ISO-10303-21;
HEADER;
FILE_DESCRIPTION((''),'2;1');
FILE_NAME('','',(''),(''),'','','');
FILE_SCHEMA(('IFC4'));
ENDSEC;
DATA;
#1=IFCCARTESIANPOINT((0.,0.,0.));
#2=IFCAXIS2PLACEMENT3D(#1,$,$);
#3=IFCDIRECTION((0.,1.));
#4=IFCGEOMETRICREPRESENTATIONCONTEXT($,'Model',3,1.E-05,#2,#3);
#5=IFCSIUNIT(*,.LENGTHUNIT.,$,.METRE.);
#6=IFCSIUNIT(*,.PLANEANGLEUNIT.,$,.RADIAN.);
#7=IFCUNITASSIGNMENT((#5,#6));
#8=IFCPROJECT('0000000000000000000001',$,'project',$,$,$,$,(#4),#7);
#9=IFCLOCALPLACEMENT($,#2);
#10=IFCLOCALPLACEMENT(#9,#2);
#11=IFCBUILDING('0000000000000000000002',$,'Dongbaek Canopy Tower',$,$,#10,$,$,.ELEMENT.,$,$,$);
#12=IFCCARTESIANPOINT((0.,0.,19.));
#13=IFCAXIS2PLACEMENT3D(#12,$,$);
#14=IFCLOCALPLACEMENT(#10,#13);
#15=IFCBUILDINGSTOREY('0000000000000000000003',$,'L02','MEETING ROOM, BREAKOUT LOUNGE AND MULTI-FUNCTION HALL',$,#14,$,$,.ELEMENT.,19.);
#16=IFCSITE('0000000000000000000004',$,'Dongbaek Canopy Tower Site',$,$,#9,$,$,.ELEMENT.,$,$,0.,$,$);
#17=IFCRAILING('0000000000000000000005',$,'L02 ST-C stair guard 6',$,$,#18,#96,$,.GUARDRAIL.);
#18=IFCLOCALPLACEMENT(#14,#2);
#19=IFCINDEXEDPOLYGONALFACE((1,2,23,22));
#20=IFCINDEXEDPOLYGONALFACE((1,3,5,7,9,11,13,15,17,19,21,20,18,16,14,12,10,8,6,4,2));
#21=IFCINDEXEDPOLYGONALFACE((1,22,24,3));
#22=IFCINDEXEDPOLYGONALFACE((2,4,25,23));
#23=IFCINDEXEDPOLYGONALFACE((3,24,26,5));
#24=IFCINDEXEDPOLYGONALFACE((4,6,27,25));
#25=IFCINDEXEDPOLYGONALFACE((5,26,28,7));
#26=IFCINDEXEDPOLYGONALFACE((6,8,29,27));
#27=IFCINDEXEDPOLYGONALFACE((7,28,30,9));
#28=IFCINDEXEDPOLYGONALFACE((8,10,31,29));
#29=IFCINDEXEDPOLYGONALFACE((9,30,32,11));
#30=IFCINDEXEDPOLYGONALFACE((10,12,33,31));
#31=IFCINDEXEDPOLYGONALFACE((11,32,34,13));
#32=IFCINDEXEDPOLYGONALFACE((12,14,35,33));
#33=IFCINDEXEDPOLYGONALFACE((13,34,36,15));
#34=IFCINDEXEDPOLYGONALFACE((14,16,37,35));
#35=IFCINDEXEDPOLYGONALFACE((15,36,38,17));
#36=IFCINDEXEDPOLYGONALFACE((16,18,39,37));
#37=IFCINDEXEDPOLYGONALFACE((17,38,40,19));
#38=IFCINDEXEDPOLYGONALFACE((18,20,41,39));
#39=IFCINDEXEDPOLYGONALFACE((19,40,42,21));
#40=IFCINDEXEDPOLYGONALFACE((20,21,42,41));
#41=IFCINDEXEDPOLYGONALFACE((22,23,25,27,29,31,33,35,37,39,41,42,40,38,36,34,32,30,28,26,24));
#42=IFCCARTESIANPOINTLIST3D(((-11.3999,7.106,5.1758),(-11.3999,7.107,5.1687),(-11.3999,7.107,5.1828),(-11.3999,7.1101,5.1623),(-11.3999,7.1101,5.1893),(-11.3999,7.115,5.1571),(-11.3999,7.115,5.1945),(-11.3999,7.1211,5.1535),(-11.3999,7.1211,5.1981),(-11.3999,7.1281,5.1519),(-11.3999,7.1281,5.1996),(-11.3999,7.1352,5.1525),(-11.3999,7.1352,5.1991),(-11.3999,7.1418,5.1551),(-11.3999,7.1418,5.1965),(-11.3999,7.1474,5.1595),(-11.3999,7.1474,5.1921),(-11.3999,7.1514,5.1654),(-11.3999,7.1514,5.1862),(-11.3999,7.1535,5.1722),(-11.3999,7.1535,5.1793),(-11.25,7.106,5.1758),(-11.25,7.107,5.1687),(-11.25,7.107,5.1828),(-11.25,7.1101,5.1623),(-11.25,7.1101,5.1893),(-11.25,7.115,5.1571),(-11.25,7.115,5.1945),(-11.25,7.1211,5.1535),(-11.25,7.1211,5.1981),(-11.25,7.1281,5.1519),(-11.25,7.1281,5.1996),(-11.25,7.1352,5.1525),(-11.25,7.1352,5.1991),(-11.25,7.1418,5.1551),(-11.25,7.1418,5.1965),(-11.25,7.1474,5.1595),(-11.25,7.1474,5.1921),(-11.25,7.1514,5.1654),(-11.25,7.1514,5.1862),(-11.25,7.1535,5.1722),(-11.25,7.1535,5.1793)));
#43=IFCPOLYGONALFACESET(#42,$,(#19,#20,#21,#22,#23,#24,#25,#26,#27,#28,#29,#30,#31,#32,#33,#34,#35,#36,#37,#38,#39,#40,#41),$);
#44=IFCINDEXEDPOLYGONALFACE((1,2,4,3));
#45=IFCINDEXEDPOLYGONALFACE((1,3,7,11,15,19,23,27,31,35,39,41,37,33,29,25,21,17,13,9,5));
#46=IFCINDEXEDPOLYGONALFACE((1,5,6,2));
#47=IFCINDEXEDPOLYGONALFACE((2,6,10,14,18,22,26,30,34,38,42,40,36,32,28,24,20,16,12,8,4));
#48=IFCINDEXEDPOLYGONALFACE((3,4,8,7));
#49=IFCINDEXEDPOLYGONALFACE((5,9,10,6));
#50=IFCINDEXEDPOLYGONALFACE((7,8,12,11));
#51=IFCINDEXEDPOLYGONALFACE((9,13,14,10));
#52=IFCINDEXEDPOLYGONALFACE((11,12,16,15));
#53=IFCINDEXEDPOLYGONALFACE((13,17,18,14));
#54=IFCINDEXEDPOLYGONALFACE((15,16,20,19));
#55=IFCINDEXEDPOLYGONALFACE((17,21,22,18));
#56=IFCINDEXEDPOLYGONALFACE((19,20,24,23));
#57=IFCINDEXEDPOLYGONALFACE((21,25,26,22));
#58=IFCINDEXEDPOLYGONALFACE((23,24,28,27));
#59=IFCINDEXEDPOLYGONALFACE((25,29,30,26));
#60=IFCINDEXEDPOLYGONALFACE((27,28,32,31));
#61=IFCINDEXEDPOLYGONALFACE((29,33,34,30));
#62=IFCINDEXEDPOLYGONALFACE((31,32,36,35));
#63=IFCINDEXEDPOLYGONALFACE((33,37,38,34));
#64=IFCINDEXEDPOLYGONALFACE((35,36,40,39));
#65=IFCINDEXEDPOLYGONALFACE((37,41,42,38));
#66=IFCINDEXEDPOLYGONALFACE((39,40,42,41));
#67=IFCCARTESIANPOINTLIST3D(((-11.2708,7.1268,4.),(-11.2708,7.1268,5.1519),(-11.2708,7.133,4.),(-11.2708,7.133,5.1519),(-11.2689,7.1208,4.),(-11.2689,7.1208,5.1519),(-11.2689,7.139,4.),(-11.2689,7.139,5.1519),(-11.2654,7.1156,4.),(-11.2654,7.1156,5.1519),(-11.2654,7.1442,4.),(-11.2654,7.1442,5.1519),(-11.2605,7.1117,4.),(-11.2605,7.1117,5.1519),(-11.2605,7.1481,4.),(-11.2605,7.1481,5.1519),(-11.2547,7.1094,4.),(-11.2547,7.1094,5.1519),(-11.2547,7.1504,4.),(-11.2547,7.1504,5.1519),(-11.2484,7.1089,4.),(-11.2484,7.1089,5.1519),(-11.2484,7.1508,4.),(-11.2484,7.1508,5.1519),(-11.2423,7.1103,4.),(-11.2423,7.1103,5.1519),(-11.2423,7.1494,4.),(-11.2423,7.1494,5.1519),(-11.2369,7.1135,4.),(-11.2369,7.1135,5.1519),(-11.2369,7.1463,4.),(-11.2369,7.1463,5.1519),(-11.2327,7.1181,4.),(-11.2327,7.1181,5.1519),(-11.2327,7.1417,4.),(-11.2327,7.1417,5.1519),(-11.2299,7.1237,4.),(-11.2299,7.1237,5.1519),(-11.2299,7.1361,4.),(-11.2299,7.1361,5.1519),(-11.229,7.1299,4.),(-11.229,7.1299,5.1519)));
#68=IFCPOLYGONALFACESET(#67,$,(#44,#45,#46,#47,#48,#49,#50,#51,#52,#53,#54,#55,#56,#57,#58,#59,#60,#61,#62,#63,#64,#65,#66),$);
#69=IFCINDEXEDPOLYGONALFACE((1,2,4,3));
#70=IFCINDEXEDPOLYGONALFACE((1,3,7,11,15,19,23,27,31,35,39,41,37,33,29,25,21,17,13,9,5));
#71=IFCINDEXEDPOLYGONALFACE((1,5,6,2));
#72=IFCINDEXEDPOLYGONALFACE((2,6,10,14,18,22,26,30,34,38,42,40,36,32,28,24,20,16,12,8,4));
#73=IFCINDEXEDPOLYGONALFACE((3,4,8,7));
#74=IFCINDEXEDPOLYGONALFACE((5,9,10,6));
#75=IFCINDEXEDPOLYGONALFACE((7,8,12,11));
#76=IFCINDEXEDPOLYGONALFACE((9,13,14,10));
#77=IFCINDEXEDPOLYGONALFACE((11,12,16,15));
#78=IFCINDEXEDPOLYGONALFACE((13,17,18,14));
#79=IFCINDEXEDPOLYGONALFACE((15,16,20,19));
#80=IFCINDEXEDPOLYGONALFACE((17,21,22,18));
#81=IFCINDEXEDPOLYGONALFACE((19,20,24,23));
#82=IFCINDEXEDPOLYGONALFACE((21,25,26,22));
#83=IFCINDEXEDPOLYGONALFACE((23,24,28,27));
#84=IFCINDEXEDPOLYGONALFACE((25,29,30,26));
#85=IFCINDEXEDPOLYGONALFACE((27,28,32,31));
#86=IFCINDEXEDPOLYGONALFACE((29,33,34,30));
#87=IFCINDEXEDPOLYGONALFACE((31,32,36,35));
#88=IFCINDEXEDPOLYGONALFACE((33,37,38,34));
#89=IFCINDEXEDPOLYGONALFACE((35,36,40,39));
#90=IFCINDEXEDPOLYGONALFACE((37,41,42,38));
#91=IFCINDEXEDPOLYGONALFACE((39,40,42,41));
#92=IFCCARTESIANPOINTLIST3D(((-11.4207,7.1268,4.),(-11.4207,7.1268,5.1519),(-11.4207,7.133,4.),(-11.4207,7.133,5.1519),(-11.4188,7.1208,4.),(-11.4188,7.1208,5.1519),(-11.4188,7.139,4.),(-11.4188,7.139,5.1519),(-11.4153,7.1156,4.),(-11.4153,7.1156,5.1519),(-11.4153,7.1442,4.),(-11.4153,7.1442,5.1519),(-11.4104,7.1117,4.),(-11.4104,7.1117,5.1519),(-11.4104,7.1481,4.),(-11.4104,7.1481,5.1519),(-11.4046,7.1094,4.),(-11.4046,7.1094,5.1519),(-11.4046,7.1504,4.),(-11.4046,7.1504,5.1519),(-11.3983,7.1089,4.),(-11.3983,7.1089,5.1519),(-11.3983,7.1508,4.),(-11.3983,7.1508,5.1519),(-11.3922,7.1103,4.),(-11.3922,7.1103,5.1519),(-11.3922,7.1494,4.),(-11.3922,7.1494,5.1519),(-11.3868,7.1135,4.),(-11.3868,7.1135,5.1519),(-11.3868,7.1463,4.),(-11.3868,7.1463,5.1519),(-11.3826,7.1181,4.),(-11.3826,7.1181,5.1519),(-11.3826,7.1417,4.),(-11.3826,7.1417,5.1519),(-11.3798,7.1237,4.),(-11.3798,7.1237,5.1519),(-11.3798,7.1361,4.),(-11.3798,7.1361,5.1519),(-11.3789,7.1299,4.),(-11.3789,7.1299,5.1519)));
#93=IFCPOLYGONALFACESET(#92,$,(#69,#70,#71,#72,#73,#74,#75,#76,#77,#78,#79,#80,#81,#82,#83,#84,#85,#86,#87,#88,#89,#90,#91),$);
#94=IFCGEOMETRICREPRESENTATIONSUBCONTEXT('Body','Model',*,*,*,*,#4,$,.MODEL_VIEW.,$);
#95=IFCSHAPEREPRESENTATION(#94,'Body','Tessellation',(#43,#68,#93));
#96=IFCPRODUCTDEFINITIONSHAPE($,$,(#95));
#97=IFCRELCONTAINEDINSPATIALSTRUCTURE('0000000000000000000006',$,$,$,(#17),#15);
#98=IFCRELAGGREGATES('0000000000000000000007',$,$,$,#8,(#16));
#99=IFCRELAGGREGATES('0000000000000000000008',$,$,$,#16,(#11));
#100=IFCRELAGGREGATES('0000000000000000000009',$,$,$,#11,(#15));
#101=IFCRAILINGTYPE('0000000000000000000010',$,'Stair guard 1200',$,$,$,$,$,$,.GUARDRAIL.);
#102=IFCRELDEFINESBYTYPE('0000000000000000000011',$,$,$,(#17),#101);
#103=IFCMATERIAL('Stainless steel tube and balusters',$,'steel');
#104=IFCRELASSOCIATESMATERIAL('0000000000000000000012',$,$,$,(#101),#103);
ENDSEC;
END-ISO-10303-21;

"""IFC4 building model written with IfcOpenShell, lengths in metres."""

from ifc_helpers import new_model, si_unit, direction, frame, origin, origin_2d, place, context, subcontext, project, spatial, circle, extrude, material, type_object, element, save


model = new_model("IFC4")

# Units and contexts
model_context = context("Model", 3, precision=1e-05, world=origin(), true_north=direction((0.0, 1.0)))
body_context = subcontext(model_context, "Body", "Model", "MODEL_VIEW")
ifc_project = project(units=[si_unit("LENGTHUNIT", "METRE"), si_unit("PLANEANGLEUNIT", "RADIAN")], contexts=[model_context])

# Site, building, storey
site_placement = place(None, origin())
site = spatial("IfcSite", under=ifc_project, at=site_placement, Name="Dongbaek Canopy Tower Site", CompositionType="ELEMENT", RefElevation=0.0)
building_placement = place(site_placement, origin())
building = spatial("IfcBuilding", under=site, at=building_placement, Name="Dongbaek Canopy Tower", CompositionType="ELEMENT")
storey_placement = place(building_placement, frame((0.0, 0.0, 19.0)))
storey = spatial("IfcBuildingStorey", under=building, at=storey_placement, Name="L02", Description="MEETING ROOM, BREAKOUT LOUNGE AND MULTI-FUNCTION HALL", CompositionType="ELEMENT", Elevation=19.0)

# Railing
ifc_material_1 = material(Name="Stainless steel tube and balusters", Category="steel")
railing_type_1 = type_object("IfcRailingType", Name="Stair guard 1200", PredefinedType="GUARDRAIL", material=ifc_material_1)
railing_1_placement = place(storey_placement, frame((-11.25, 7.1299, 4.0)))
element("IfcRailing", 1, at=railing_1_placement, inside=storey, type_object=railing_type_1, Name="L02 ST-C stair guard 6", PredefinedType="GUARDRAIL", context=body_context, shape_type="SweptSolid", body=[
    extrude(circle(Radius=0.0239, at=origin_2d()), frame((0.0, 0.0, 1.1758), z_axis=(-1.0, 0.0, 0.0), x_axis=(0.0, -1.0, 0.0)), (0.0, 0.0, 1.0), 0.1499),
    extrude(circle(Radius=0.021, at=origin_2d()), origin(), (0.0, 0.0, 1.0), 1.1519),
    extrude(circle(Radius=0.021, at=origin_2d()), frame((-0.1499, 0.0, 0.0)), (0.0, 0.0, 1.0), 1.1519),
])

save(model, "model.ifc")
